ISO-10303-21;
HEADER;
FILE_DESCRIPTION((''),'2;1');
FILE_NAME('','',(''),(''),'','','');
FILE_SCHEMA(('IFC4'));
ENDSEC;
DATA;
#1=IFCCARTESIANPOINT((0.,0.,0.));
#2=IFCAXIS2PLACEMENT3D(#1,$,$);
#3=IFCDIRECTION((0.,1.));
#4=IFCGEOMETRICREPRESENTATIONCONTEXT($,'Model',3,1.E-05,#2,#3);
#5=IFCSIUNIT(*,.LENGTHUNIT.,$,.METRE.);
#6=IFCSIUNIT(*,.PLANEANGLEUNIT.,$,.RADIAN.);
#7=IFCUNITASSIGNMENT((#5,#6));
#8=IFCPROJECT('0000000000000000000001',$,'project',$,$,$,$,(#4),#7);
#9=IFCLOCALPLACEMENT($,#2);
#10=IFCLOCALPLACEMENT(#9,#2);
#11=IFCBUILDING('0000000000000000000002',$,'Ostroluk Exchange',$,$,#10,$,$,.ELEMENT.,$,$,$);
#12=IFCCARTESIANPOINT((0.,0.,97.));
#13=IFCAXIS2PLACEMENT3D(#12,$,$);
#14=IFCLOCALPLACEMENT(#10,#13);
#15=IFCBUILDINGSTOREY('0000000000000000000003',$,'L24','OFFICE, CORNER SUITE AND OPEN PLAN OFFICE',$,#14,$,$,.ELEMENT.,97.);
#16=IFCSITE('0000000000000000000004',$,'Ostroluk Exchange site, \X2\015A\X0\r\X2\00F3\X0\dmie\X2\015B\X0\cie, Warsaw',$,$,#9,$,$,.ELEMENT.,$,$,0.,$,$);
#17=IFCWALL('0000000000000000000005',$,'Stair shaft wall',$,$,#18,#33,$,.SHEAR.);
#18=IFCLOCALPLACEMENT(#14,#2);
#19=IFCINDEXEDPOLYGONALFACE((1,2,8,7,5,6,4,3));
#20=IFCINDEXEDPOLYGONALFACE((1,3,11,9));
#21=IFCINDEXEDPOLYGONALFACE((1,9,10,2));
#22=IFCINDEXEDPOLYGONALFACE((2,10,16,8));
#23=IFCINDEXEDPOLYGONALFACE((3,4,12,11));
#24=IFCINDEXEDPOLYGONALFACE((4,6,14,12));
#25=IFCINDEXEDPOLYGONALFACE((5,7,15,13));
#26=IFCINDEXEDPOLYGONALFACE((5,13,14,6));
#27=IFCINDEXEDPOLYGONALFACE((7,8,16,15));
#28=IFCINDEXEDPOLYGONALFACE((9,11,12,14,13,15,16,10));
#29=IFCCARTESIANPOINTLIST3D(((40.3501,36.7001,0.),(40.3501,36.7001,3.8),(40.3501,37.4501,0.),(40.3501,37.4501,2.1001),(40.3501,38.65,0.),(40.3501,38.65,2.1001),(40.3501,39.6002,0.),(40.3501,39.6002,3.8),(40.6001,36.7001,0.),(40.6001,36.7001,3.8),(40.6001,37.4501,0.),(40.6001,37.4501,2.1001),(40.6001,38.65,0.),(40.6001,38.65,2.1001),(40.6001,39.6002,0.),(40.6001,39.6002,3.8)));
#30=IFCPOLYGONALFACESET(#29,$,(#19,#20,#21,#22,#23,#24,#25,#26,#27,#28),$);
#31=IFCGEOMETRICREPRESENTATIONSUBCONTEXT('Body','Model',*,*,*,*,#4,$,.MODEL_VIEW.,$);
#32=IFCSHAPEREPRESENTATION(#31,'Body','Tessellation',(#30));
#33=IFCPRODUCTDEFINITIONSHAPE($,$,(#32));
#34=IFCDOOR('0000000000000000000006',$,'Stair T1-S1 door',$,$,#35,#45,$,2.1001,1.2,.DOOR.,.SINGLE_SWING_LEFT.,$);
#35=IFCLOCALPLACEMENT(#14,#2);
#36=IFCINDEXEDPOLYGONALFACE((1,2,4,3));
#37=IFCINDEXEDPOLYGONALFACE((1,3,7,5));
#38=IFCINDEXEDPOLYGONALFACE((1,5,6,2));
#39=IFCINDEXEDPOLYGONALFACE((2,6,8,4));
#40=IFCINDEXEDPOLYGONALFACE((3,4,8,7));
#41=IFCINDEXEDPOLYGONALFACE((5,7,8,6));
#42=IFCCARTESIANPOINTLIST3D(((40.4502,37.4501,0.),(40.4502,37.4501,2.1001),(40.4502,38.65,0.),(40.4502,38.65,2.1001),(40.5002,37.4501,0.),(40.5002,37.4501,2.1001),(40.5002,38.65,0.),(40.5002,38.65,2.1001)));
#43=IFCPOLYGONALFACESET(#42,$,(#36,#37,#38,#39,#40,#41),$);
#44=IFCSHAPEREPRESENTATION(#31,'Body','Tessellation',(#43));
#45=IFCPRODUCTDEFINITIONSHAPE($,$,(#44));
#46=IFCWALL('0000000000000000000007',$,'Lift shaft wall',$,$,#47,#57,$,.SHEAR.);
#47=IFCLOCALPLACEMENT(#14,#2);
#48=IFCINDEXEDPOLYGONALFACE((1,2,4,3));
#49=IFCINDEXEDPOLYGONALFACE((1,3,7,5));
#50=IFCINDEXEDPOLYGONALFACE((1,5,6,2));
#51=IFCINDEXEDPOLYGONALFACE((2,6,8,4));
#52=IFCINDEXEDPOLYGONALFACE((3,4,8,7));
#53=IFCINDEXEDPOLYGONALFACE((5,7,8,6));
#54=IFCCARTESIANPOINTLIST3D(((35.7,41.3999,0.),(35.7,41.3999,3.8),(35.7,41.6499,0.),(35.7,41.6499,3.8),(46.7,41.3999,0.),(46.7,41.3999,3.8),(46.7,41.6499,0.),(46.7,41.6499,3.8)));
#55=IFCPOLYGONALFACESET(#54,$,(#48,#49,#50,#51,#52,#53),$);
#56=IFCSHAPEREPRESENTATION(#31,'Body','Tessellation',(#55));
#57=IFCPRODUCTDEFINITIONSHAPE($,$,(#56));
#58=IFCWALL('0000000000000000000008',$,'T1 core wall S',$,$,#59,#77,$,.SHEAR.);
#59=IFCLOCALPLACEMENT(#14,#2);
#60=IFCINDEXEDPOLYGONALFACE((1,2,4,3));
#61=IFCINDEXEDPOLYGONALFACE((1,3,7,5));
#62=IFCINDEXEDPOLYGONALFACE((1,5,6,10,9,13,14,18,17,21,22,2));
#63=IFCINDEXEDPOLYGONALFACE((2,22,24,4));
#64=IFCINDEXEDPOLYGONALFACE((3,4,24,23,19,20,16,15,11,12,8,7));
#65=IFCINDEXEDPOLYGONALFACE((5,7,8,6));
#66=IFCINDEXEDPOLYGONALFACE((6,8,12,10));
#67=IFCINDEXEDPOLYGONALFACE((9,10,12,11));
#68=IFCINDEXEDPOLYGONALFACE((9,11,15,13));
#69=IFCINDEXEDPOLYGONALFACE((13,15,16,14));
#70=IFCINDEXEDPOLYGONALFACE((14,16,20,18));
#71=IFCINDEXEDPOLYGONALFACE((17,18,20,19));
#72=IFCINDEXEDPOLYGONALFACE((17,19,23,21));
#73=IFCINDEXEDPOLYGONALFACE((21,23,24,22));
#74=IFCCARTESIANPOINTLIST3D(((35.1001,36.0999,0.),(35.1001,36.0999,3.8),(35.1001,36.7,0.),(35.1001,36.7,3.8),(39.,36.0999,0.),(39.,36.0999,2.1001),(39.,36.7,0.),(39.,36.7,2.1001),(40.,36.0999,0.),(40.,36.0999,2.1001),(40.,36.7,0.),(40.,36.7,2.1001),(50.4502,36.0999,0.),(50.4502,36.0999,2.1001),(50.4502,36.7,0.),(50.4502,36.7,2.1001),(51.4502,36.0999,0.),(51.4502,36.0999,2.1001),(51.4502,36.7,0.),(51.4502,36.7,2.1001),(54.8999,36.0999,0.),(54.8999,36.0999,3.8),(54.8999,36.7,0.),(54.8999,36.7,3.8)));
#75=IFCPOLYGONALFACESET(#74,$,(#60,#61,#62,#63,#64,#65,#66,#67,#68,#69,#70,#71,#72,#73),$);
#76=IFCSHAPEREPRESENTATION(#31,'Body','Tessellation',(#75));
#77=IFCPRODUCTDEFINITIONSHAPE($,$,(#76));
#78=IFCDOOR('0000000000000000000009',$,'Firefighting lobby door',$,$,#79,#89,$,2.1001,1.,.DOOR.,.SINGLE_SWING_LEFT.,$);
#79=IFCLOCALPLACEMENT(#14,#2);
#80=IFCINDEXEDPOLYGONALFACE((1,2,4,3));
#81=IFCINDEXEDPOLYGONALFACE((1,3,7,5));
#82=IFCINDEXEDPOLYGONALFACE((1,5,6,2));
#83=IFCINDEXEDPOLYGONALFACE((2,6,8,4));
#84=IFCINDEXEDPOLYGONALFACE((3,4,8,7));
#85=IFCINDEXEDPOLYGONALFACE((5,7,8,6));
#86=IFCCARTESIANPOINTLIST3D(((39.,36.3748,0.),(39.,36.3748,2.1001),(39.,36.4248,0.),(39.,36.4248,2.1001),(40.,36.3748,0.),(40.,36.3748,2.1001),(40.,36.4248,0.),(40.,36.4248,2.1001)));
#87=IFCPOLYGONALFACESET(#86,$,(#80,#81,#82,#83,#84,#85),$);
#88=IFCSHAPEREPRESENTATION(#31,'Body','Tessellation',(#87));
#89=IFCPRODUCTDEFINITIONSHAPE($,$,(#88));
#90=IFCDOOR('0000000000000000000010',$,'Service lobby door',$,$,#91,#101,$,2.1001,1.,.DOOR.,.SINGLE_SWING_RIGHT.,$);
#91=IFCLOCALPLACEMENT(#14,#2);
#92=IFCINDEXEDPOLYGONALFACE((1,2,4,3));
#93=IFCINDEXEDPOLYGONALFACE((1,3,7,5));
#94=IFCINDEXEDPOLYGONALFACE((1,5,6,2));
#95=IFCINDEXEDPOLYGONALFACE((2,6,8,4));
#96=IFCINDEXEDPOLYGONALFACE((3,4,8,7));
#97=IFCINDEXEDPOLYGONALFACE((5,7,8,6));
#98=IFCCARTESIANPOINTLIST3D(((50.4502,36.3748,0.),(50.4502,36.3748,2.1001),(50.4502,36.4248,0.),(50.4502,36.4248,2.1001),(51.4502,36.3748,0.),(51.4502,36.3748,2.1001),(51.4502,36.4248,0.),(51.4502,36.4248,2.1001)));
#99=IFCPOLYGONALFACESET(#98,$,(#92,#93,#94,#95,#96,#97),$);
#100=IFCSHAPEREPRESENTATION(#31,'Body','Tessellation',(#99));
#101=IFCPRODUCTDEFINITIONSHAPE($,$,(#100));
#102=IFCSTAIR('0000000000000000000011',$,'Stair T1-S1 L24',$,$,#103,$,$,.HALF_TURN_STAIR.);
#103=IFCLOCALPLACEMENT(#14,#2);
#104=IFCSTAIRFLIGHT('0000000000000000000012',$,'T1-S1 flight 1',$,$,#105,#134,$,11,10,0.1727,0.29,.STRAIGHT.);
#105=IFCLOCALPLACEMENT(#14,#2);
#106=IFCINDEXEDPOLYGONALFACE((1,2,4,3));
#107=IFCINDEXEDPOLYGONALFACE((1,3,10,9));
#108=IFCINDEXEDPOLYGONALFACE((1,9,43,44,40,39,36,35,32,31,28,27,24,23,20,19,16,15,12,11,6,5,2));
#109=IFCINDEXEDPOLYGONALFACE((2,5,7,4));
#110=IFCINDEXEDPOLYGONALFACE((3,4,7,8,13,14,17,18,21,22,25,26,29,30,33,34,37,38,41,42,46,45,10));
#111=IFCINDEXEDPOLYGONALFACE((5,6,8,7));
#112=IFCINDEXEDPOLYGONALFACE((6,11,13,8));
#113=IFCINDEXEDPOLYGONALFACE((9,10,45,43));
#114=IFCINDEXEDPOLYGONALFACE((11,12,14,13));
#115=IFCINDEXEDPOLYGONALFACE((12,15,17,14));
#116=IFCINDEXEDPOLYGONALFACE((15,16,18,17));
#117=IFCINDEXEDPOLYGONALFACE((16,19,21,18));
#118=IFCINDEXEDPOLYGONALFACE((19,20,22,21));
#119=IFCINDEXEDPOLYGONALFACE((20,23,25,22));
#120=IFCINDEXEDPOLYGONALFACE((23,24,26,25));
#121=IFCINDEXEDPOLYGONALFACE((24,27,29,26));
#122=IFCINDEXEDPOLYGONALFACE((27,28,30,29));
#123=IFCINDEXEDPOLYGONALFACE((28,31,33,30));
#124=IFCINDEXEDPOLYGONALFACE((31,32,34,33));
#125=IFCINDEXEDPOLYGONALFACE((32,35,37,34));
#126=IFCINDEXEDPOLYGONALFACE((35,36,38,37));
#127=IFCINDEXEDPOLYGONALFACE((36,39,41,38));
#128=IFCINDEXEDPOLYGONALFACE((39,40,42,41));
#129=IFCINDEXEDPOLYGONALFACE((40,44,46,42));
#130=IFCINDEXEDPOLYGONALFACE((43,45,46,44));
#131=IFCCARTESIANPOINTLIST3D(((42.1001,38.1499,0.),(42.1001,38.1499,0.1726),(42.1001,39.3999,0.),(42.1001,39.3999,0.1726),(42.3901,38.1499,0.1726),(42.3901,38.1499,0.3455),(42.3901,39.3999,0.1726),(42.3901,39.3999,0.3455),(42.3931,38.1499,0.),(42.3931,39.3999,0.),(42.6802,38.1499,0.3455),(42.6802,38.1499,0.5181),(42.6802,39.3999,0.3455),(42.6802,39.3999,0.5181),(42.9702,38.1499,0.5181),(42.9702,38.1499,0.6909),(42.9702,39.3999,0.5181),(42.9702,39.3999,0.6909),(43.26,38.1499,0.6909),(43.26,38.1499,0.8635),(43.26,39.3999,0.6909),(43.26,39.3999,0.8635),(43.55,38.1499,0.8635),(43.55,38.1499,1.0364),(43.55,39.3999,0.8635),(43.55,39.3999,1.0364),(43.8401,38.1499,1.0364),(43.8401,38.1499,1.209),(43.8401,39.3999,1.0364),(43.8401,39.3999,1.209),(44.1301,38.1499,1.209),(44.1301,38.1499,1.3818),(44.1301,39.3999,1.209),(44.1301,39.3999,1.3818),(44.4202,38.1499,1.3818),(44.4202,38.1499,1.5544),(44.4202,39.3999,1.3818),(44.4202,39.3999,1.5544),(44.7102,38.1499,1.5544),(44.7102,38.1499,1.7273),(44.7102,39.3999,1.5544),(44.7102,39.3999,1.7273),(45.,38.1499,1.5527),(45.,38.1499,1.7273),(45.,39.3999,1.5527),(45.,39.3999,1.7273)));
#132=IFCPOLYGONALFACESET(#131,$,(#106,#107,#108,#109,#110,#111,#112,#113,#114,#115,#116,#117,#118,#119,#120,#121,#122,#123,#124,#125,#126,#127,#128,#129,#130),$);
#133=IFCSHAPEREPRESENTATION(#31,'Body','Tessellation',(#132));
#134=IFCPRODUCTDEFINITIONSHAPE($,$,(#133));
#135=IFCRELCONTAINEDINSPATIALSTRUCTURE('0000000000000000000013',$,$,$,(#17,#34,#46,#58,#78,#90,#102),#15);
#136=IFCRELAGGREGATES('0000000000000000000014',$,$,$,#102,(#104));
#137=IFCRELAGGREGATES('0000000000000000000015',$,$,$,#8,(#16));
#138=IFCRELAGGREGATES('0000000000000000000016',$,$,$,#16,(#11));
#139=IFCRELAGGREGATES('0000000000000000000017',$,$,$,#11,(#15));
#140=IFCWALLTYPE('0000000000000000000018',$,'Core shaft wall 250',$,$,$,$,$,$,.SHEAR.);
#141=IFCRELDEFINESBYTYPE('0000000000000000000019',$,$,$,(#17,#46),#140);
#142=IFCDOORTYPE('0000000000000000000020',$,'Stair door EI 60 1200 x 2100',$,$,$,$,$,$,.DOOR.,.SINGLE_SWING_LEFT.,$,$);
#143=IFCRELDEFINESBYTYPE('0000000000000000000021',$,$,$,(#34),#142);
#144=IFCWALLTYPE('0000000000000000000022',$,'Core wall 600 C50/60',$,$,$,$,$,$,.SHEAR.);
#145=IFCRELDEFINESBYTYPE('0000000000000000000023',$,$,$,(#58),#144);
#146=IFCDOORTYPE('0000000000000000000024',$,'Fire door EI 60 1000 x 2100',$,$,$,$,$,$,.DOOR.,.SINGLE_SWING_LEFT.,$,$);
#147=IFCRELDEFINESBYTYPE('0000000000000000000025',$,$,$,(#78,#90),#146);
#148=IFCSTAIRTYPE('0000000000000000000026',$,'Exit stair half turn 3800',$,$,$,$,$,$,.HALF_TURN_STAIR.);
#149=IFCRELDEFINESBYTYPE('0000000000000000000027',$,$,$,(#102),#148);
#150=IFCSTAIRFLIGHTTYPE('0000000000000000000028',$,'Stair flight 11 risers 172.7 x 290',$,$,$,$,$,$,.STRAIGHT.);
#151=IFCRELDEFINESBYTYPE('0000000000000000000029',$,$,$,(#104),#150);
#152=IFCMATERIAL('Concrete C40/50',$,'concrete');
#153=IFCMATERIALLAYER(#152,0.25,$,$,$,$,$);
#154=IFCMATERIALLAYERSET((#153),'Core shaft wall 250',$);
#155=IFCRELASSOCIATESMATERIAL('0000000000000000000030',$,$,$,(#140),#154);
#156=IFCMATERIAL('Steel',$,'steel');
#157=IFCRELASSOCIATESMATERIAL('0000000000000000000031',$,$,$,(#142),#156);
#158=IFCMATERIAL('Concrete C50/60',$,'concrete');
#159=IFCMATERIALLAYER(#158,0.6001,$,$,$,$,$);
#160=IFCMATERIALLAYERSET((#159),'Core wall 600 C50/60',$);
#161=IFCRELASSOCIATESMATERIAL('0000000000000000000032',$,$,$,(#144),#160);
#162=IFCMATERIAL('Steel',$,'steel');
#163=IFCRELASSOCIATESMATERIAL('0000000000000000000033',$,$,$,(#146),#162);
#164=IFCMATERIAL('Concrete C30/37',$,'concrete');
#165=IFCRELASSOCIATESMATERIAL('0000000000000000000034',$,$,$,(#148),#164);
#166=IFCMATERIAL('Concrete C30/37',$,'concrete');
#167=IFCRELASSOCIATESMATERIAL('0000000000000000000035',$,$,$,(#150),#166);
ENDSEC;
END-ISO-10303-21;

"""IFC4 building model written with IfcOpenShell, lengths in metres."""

from ifc_helpers import new_model, si_unit, direction, frame, frame_2d, origin, place, context, subcontext, project, spatial, polyline, rectangle, outline, extrude, material, layer, layer_set, type_object, element, fill, aggregate, save


model = new_model("IFC4")

# Units and contexts
model_context = context("Model", 3, precision=1e-05, world=origin(), true_north=direction((0.0, 1.0)))
body_context = subcontext(model_context, "Body", "Model", "MODEL_VIEW")
ifc_project = project(units=[si_unit("LENGTHUNIT", "METRE"), si_unit("PLANEANGLEUNIT", "RADIAN")], contexts=[model_context])

# Site, building, storey
site_placement = place(None, origin())
site = spatial("IfcSite", under=ifc_project, at=site_placement, Name="Ostroluk Exchange site, Śródmieście, Warsaw", CompositionType="ELEMENT", RefElevation=0.0)
building_placement = place(site_placement, origin())
building = spatial("IfcBuilding", under=site, at=building_placement, Name="Ostroluk Exchange", CompositionType="ELEMENT")
storey_placement = place(building_placement, frame((0.0, 0.0, 97.0)))
storey = spatial("IfcBuildingStorey", under=building, at=storey_placement, Name="L24", Description="OFFICE, CORNER SUITE AND OPEN PLAN OFFICE", CompositionType="ELEMENT", Elevation=97.0)

# Wall, opening, door
ifc_material_1 = material(Name="Concrete C40/50", Category="concrete")
ifc_layer_1 = layer(ifc_material_1, 0.25)
ifc_layer_set_1 = layer_set([ifc_layer_1], Name="Core shaft wall 250")
wall_type_1 = type_object("IfcWallType", Name="Core shaft wall 250", PredefinedType="SHEAR", material=ifc_layer_set_1)
wall_1_placement = place(storey_placement, frame((40.4751, 36.7, 0.0), z_axis=(0.0, 0.0, 1.0), x_axis=(0.0, 1.0, 0.0)))
wall_1 = element("IfcWall", 1, at=wall_1_placement, inside=storey, type_object=wall_type_1, Name="Stair shaft wall", PredefinedType="SHEAR", context=body_context, shape_type="SweptSolid", body=[
    extrude(rectangle(XDim=2.9001, YDim=0.25, at=frame_2d((1.4502, 0.0))), origin(), (0.0, 0.0, 1.0), 3.8),
])
opening_1_placement = place(wall_1_placement, frame((0.75, 0.0, 0.0)))
opening_1 = element("IfcOpeningElement", 2, at=opening_1_placement, cuts=wall_1, PredefinedType="OPENING", context=body_context, shape_type="SweptSolid", body=[
    extrude(rectangle(XDim=1.2, YDim=2.1001, at=frame_2d((0.6001, 1.05))), frame((0.0, 0.135, 0.0), z_axis=(0.0, -1.0, 0.0), x_axis=(1.0, 0.0, 0.0)), (0.0, 0.0, 1.0), 0.27),
])
ifc_material_2 = material(Name="Steel", Category="steel")
door_type_1 = type_object("IfcDoorType", Name="Stair door EI 60 1200 x 2100", OperationType="SINGLE_SWING_LEFT", PredefinedType="DOOR", material=ifc_material_2)
door_1_placement = place(opening_1_placement, origin())
door_1 = element("IfcDoor", 3, at=door_1_placement, inside=storey, type_object=door_type_1, Name="Stair T1-S1 door", OperationType="SINGLE_SWING_LEFT", OverallHeight=2.1001, OverallWidth=1.2, PredefinedType="DOOR", context=body_context, shape_type="SweptSolid", body=[
    extrude(rectangle(XDim=1.2, YDim=2.1001, at=frame_2d((0.6001, 1.05))), frame((0.0, 0.0249, 0.0), z_axis=(0.0, -1.0, 0.0), x_axis=(1.0, 0.0, 0.0)), (0.0, 0.0, 1.0), 0.05),
])
fill(opening_1, door_1)

# Wall
wall_2_placement = place(storey_placement, frame((35.7, 41.5249, 0.0), z_axis=(0.0, 0.0, 1.0), x_axis=(1.0, 0.0, 0.0)))
element("IfcWall", 4, at=wall_2_placement, inside=storey, type_object=wall_type_1, Name="Lift shaft wall", PredefinedType="SHEAR", context=body_context, shape_type="SweptSolid", body=[
    extrude(rectangle(XDim=11.0, YDim=0.25, at=frame_2d((5.5, 0.0))), origin(), (0.0, 0.0, 1.0), 3.8),
])

# Wall, openings, doors
ifc_material_3 = material(Name="Concrete C50/60", Category="concrete")
ifc_layer_2 = layer(ifc_material_3, 0.6001)
ifc_layer_set_2 = layer_set([ifc_layer_2], Name="Core wall 600 C50/60")
wall_type_2 = type_object("IfcWallType", Name="Core wall 600 C50/60", PredefinedType="SHEAR", material=ifc_layer_set_2)
wall_3_placement = place(storey_placement, frame((35.1001, 36.3999, 0.0), z_axis=(0.0, 0.0, 1.0), x_axis=(1.0, 0.0, 0.0)))
wall_3 = element("IfcWall", 5, at=wall_3_placement, inside=storey, type_object=wall_type_2, Name="T1 core wall S", PredefinedType="SHEAR", context=body_context, shape_type="SweptSolid", body=[
    extrude(rectangle(XDim=19.7998, YDim=0.6001, at=frame_2d((9.8999, 0.0))), origin(), (0.0, 0.0, 1.0), 3.8),
])
opening_2_placement = place(wall_3_placement, frame((3.8999, 0.0, 0.0)))
opening_2 = element("IfcOpeningElement", 6, at=opening_2_placement, cuts=wall_3, PredefinedType="OPENING", context=body_context, shape_type="SweptSolid", body=[
    extrude(rectangle(XDim=1.0, YDim=2.1001, at=frame_2d((0.5, 1.05))), frame((0.0, 0.3101, 0.0), z_axis=(0.0, -1.0, 0.0), x_axis=(1.0, 0.0, 0.0)), (0.0, 0.0, 1.0), 0.6201),
])
opening_3_placement = place(wall_3_placement, frame((15.3501, 0.0, 0.0)))
opening_3 = element("IfcOpeningElement", 7, at=opening_3_placement, cuts=wall_3, PredefinedType="OPENING", context=body_context, shape_type="SweptSolid", body=[
    extrude(rectangle(XDim=1.0, YDim=2.1001, at=frame_2d((0.5, 1.05))), frame((0.0, 0.3101, 0.0), z_axis=(0.0, -1.0, 0.0), x_axis=(1.0, 0.0, 0.0)), (0.0, 0.0, 1.0), 0.6201),
])
ifc_material_4 = material(Name="Steel", Category="steel")
door_type_2 = type_object("IfcDoorType", Name="Fire door EI 60 1000 x 2100", OperationType="SINGLE_SWING_LEFT", PredefinedType="DOOR", material=ifc_material_4)
door_2_placement = place(opening_2_placement, origin())
door_2 = element("IfcDoor", 8, at=door_2_placement, inside=storey, type_object=door_type_2, Name="Firefighting lobby door", OperationType="SINGLE_SWING_LEFT", OverallHeight=2.1001, OverallWidth=1.0, PredefinedType="DOOR", context=body_context, shape_type="SweptSolid", body=[
    extrude(rectangle(XDim=1.0, YDim=2.1001, at=frame_2d((0.5, 1.05))), frame((0.0, 0.0249, 0.0), z_axis=(0.0, -1.0, 0.0), x_axis=(1.0, 0.0, 0.0)), (0.0, 0.0, 1.0), 0.05),
])
fill(opening_2, door_2)
door_3_placement = place(opening_3_placement, origin())
door_3 = element("IfcDoor", 9, at=door_3_placement, inside=storey, type_object=door_type_2, Name="Service lobby door", OperationType="SINGLE_SWING_RIGHT", OverallHeight=2.1001, OverallWidth=1.0, PredefinedType="DOOR", context=body_context, shape_type="SweptSolid", body=[
    extrude(rectangle(XDim=1.0, YDim=2.1001, at=frame_2d((0.5, 1.05))), frame((0.0, 0.0249, 0.0), z_axis=(0.0, -1.0, 0.0), x_axis=(1.0, 0.0, 0.0)), (0.0, 0.0, 1.0), 0.05),
])
fill(opening_3, door_3)

# Stair, stair flight
ifc_material_5 = material(Name="Concrete C30/37", Category="concrete")
stair_type = type_object("IfcStairType", Name="Exit stair half turn 3800", PredefinedType="HALF_TURN_STAIR", material=ifc_material_5)
stair_placement = place(storey_placement, origin())
stair = element("IfcStair", 10, at=stair_placement, inside=storey, type_object=stair_type, Name="Stair T1-S1 L24", PredefinedType="HALF_TURN_STAIR")
ifc_material_6 = material(Name="Concrete C30/37", Category="concrete")
stair_flight_type = type_object("IfcStairFlightType", Name="Stair flight 11 risers 172.7 x 290", PredefinedType="STRAIGHT", material=ifc_material_6)
stair_flight_placement = place(storey_placement, frame((42.1001, 38.7749, 0.0), z_axis=(0.0, 0.0, 1.0), x_axis=(1.0, 0.0, 0.0)))
stair_flight = element("IfcStairFlight", 11, at=stair_flight_placement, type_object=stair_flight_type, Name="T1-S1 flight 1", NumberOfRisers=11, NumberOfTreads=10, PredefinedType="STRAIGHT", RiserHeight=0.1727, TreadLength=0.29, context=body_context, shape_type="SweptSolid", body=[
    extrude(outline(polyline([(0.0, 0.0), (0.0, 0.1726), (0.29, 0.1726), (0.29, 0.3455), (0.5801, 0.3455), (0.5801, 0.5181), (0.8701, 0.5181), (0.8701, 0.6909), (1.1599, 0.6909), (1.1599, 0.8635), (1.45, 0.8635), (1.45, 1.0364), (1.74, 1.0364), (1.74, 1.209), (2.03, 1.209), (2.03, 1.3818), (2.3201, 1.3818), (2.3201, 1.5544), (2.6101, 1.5544), (2.6101, 1.7273), (2.8999, 1.7273), (2.8999, 1.8999), (2.8999, 1.5527), (0.293, 0.0), (0.0, 0.0)])), frame((0.0, 0.625, 0.0), z_axis=(0.0, -1.0, 0.0), x_axis=(1.0, 0.0, 0.0)), (0.0, 0.0, 1.0), 1.25),
])
aggregate(stair, [stair_flight])

save(model, "model.ifc")
